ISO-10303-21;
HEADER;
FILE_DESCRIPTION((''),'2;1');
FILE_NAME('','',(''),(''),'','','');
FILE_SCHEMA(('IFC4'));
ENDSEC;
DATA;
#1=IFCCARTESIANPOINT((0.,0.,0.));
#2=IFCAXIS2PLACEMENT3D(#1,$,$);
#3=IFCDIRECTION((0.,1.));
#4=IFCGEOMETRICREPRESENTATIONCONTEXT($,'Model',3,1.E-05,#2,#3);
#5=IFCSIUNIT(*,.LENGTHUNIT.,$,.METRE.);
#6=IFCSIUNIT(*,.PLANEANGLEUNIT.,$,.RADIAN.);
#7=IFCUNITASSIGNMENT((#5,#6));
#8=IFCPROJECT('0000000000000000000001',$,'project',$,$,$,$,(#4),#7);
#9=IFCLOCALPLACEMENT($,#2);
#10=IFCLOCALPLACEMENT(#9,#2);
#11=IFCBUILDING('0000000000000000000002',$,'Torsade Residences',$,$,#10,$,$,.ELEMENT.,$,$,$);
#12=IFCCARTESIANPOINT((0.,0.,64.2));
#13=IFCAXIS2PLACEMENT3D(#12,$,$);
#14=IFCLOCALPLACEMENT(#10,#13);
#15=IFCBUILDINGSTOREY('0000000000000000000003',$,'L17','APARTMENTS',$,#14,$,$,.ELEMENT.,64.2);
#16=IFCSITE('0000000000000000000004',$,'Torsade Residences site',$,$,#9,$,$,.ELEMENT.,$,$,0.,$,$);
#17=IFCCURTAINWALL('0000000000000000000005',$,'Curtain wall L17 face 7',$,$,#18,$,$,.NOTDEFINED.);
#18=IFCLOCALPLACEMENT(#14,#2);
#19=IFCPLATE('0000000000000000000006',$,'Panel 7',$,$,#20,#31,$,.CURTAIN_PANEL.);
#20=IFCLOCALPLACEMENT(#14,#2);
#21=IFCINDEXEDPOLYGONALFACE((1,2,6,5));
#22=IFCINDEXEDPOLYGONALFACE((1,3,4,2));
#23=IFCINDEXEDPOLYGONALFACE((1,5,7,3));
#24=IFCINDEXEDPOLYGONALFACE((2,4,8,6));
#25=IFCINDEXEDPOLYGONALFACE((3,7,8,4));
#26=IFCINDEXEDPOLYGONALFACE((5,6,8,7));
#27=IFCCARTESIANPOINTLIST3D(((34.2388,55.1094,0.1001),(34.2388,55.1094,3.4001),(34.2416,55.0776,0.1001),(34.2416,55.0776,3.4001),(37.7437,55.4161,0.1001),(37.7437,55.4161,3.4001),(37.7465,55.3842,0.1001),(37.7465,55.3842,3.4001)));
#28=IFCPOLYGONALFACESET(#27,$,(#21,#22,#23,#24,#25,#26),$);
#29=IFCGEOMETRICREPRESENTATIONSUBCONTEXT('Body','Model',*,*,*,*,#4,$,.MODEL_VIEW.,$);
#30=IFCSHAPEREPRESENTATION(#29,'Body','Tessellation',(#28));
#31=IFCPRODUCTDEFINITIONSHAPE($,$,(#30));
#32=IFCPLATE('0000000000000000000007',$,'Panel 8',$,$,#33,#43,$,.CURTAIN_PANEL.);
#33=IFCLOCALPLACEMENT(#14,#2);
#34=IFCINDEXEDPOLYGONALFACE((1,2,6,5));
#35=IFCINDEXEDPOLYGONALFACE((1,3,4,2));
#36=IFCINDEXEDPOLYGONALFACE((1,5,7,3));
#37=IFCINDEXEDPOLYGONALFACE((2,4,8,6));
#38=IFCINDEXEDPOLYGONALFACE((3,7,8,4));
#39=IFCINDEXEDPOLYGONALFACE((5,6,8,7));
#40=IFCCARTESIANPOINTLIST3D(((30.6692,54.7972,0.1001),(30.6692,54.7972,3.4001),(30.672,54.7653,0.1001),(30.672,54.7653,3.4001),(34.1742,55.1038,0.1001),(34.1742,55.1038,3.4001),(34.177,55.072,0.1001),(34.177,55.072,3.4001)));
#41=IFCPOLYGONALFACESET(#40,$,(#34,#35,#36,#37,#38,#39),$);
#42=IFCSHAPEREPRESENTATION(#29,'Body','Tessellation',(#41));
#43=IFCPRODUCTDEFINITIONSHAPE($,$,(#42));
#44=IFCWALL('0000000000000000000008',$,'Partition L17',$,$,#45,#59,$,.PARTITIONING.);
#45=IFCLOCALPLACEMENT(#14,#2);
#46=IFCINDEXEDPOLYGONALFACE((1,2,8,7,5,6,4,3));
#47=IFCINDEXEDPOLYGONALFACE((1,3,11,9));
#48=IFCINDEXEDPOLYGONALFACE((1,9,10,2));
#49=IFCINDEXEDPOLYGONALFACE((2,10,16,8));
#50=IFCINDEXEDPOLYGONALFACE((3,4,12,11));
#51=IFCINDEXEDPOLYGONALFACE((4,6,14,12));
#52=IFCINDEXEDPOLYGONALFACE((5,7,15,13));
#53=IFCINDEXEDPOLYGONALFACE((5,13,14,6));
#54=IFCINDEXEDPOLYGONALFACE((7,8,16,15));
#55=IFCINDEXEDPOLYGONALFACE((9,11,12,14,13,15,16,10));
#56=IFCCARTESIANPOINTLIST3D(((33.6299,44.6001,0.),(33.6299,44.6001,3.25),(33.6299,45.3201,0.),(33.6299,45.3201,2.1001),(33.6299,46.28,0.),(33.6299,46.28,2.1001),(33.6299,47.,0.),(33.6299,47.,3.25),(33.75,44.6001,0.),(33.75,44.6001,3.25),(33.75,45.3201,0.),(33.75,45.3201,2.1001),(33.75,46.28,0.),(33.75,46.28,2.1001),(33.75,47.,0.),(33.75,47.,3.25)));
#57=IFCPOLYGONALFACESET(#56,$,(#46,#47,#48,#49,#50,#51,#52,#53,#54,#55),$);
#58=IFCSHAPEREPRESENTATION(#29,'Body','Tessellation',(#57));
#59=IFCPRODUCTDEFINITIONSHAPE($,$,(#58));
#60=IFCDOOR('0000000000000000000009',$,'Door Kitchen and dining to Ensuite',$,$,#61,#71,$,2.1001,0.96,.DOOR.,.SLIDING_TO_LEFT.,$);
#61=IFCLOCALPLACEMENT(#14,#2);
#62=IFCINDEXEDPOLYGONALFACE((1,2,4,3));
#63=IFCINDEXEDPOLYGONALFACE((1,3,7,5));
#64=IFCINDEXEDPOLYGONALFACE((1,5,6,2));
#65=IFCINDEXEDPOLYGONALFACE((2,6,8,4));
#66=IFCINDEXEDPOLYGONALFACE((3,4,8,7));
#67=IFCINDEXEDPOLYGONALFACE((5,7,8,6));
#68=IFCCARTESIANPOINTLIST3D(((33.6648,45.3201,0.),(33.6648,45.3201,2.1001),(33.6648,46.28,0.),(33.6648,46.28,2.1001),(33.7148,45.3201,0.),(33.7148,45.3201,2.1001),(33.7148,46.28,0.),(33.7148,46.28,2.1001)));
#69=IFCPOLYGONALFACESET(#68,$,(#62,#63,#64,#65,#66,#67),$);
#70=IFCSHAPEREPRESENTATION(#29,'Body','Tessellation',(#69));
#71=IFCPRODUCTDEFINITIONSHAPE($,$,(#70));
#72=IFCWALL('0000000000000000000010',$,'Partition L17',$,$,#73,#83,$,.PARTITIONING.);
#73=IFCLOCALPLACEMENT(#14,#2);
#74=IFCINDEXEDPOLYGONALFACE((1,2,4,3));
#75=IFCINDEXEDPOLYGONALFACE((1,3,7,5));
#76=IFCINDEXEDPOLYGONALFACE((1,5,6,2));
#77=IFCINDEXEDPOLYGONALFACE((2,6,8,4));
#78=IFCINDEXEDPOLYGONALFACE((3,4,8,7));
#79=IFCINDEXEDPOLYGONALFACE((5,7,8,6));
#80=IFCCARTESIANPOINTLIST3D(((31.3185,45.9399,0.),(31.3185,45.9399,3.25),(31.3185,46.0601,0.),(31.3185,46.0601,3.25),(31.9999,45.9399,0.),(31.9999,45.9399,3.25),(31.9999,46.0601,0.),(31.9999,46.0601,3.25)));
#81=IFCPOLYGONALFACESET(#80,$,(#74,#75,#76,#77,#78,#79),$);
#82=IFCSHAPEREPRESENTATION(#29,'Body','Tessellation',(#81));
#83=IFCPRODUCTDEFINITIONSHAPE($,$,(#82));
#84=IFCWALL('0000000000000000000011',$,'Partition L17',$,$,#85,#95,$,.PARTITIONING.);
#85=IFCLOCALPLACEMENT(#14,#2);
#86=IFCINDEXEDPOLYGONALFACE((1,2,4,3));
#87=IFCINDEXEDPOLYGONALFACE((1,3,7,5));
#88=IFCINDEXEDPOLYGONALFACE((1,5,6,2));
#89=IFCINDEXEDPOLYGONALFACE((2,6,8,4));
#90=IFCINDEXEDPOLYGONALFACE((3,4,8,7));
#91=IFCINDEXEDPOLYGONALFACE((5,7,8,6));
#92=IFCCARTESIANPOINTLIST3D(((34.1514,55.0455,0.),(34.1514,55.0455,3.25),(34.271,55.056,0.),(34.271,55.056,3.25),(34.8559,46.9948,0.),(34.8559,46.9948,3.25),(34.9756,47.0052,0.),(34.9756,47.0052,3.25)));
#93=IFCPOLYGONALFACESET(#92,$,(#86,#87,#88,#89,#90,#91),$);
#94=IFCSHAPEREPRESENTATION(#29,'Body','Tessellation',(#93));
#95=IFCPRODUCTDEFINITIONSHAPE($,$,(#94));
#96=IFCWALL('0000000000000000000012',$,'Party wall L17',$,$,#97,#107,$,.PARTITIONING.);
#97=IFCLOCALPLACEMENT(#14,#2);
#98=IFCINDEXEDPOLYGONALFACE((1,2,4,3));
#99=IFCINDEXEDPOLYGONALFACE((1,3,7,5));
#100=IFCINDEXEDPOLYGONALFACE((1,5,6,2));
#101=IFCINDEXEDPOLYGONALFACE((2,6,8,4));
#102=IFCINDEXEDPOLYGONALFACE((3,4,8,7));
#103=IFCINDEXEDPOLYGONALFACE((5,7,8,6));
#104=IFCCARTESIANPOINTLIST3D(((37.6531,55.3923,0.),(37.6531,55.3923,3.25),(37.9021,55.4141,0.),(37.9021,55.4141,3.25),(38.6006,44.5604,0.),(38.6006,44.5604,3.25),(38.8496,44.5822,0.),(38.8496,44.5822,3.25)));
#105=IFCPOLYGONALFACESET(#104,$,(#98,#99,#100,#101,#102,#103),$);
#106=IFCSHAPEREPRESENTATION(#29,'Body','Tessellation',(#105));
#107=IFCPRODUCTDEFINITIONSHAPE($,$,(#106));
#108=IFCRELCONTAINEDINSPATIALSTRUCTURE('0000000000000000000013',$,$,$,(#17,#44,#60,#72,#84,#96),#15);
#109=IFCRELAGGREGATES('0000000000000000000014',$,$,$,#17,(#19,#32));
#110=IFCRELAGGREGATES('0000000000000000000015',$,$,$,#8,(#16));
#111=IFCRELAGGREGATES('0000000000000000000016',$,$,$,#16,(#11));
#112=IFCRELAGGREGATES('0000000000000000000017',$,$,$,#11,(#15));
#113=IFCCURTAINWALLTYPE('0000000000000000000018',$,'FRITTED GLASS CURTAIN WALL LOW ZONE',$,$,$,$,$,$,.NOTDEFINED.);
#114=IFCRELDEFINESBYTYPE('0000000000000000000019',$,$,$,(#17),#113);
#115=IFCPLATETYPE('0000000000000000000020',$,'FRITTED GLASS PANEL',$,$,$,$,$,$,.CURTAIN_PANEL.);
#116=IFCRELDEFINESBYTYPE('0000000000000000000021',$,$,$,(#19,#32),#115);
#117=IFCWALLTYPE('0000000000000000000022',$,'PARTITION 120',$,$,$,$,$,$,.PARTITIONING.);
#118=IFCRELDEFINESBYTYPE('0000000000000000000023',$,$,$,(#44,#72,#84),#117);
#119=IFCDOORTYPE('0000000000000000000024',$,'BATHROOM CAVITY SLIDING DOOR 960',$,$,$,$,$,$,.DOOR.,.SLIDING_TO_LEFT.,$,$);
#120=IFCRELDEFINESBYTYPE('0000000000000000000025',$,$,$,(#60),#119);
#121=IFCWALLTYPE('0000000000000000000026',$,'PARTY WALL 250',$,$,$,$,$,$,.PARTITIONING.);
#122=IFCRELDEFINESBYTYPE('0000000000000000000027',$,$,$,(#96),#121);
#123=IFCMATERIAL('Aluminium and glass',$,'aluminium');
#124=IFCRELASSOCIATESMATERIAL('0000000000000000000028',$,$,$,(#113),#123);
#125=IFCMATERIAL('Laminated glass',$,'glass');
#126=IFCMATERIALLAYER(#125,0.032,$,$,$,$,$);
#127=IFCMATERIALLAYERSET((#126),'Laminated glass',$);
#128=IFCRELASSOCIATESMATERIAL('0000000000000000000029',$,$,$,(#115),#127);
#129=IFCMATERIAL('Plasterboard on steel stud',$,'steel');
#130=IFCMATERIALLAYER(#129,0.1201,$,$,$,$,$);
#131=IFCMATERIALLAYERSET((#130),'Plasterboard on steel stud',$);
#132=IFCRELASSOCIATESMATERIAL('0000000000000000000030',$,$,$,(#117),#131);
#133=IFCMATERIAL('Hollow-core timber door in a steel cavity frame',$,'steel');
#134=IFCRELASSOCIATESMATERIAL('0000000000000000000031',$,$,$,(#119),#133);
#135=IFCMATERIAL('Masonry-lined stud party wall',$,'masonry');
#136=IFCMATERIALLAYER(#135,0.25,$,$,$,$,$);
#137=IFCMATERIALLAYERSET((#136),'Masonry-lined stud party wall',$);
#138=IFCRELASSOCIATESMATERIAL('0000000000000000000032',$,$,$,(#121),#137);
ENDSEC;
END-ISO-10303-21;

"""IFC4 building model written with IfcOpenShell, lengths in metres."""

from ifc_helpers import new_model, si_unit, direction, frame, frame_2d, origin, origin_2d, place, context, subcontext, project, spatial, rectangle, extrude, material, layer, layer_set, type_object, element, fill, aggregate, save


model = new_model("IFC4")

# Units and contexts
model_context = context("Model", 3, precision=1e-05, world=origin(), true_north=direction((0.0, 1.0)))
body_context = subcontext(model_context, "Body", "Model", "MODEL_VIEW")
ifc_project = project(units=[si_unit("LENGTHUNIT", "METRE"), si_unit("PLANEANGLEUNIT", "RADIAN")], contexts=[model_context])

# Site, building, storey
site_placement = place(None, origin())
site = spatial("IfcSite", under=ifc_project, at=site_placement, Name="Torsade Residences site", CompositionType="ELEMENT", RefElevation=0.0)
building_placement = place(site_placement, origin())
building = spatial("IfcBuilding", under=site, at=building_placement, Name="Torsade Residences", CompositionType="ELEMENT")
storey_placement = place(building_placement, frame((0.0, 0.0, 64.2)))
storey = spatial("IfcBuildingStorey", under=building, at=storey_placement, Name="L17", Description="APARTMENTS", CompositionType="ELEMENT", Elevation=64.2)

# Curtain wall
ifc_material_1 = material(Name="Aluminium and glass", Category="aluminium")
curtain_wall_type = type_object("IfcCurtainWallType", Name="FRITTED GLASS CURTAIN WALL LOW ZONE", PredefinedType="NOTDEFINED", material=ifc_material_1)
curtain_wall_placement = place(storey_placement, origin())
curtain_wall = element("IfcCurtainWall", 1, at=curtain_wall_placement, inside=storey, type_object=curtain_wall_type, Name="Curtain wall L17 face 7", PredefinedType="NOTDEFINED")

# Plates
ifc_material_2 = material(Name="Laminated glass", Category="glass")
ifc_layer_1 = layer(ifc_material_2, 0.032)
ifc_layer_set_1 = layer_set([ifc_layer_1], Name="Laminated glass")
plate_type = type_object("IfcPlateType", Name="FRITTED GLASS PANEL", PredefinedType="CURTAIN_PANEL", material=ifc_layer_set_1)
plate_1_placement = place(storey_placement, frame((35.9927, 55.2468, 0.1001), z_axis=(0.0, 0.0, 1.0), x_axis=(-0.996195, -0.087156, 0.0)))
plate_1 = element("IfcPlate", 2, at=plate_1_placement, type_object=plate_type, Name="Panel 7", PredefinedType="CURTAIN_PANEL", context=body_context, shape_type="SweptSolid", body=[
    extrude(rectangle(XDim=3.5183, YDim=0.032, at=origin_2d()), origin(), (0.0, 0.0, 1.0), 3.3),
])
plate_2_placement = place(storey_placement, frame((32.4231, 54.9346, 0.1001), z_axis=(0.0, 0.0, 1.0), x_axis=(-0.996195, -0.087156, 0.0)))
plate_2 = element("IfcPlate", 3, at=plate_2_placement, type_object=plate_type, Name="Panel 8", PredefinedType="CURTAIN_PANEL", context=body_context, shape_type="SweptSolid", body=[
    extrude(rectangle(XDim=3.5183, YDim=0.032, at=origin_2d()), origin(), (0.0, 0.0, 1.0), 3.3),
])
aggregate(curtain_wall, [plate_1, plate_2])

# Wall, opening, door
ifc_material_3 = material(Name="Plasterboard on steel stud", Category="steel")
ifc_layer_2 = layer(ifc_material_3, 0.1201)
ifc_layer_set_2 = layer_set([ifc_layer_2], Name="Plasterboard on steel stud")
wall_type_1 = type_object("IfcWallType", Name="PARTITION 120", PredefinedType="PARTITIONING", material=ifc_layer_set_2)
wall_1_placement = place(storey_placement, frame((33.6899, 47.0, 0.0), z_axis=(0.0, 0.0, 1.0), x_axis=(0.0, -1.0, 0.0)))
wall_1 = element("IfcWall", 4, at=wall_1_placement, inside=storey, type_object=wall_type_1, Name="Partition L17", PredefinedType="PARTITIONING", context=body_context, shape_type="SweptSolid", body=[
    extrude(rectangle(XDim=2.3999, YDim=0.1201, at=frame_2d((1.2, 0.0))), origin(), (0.0, 0.0, 1.0), 3.25),
])
opening_placement = place(wall_1_placement, frame((0.72, 0.0, 0.0)))
opening = element("IfcOpeningElement", 5, at=opening_placement, cuts=wall_1, PredefinedType="OPENING", context=body_context, shape_type="SweptSolid", body=[
    extrude(rectangle(XDim=0.96, YDim=2.1001, at=frame_2d((0.48, 1.05))), frame((0.0, 0.0701, 0.0), z_axis=(0.0, -1.0, 0.0), x_axis=(1.0, 0.0, 0.0)), (0.0, 0.0, 1.0), 0.1401),
])
ifc_material_4 = material(Name="Hollow-core timber door in a steel cavity frame", Category="steel")
door_type = type_object("IfcDoorType", Name="BATHROOM CAVITY SLIDING DOOR 960", OperationType="SLIDING_TO_LEFT", PredefinedType="DOOR", material=ifc_material_4)
door_placement = place(opening_placement, origin())
door = element("IfcDoor", 6, at=door_placement, inside=storey, type_object=door_type, Name="Door Kitchen and dining to Ensuite", OperationType="SLIDING_TO_LEFT", OverallHeight=2.1001, OverallWidth=0.96, PredefinedType="DOOR", context=body_context, shape_type="SweptSolid", body=[
    extrude(rectangle(XDim=0.96, YDim=2.1001, at=frame_2d((0.48, 1.05))), frame((0.0, 0.0249, 0.0), z_axis=(0.0, -1.0, 0.0), x_axis=(1.0, 0.0, 0.0)), (0.0, 0.0, 1.0), 0.05),
])
fill(opening, door)

# Walls
wall_2_placement = place(storey_placement, frame((32.0, 46.0, 0.0), z_axis=(0.0, 0.0, 1.0), x_axis=(-1.0, 0.0, 0.0)))
element("IfcWall", 7, at=wall_2_placement, inside=storey, type_object=wall_type_1, Name="Partition L17", PredefinedType="PARTITIONING", context=body_context, shape_type="SweptSolid", body=[
    extrude(rectangle(XDim=0.6814, YDim=0.1201, at=frame_2d((0.3408, 0.0))), origin(), (0.0, 0.0, 1.0), 3.25),
])
wall_3_placement = place(storey_placement, frame((34.9158, 47.0, 0.0), z_axis=(0.0, 0.0, 1.0), x_axis=(-0.087185, 0.996192, 0.0)))
element("IfcWall", 8, at=wall_3_placement, inside=storey, type_object=wall_type_1, Name="Partition L17", PredefinedType="PARTITIONING", context=body_context, shape_type="SweptSolid", body=[
    extrude(rectangle(XDim=8.0815, YDim=0.1201, at=frame_2d((4.0408, 0.0))), origin(), (0.0, 0.0, 1.0), 3.25),
])
ifc_material_5 = material(Name="Masonry-lined stud party wall", Category="masonry")
ifc_layer_3 = layer(ifc_material_5, 0.25)
ifc_layer_set_3 = layer_set([ifc_layer_3], Name="Masonry-lined stud party wall")
wall_type_2 = type_object("IfcWallType", Name="PARTY WALL 250", PredefinedType="PARTITIONING", material=ifc_layer_set_3)
wall_4_placement = place(storey_placement, frame((37.7776, 55.4031, 0.0), z_axis=(0.0, 0.0, 1.0), x_axis=(0.08714, -0.996196, 0.0)))
element("IfcWall", 9, at=wall_4_placement, inside=storey, type_object=wall_type_2, Name="Party wall L17", PredefinedType="PARTITIONING", context=body_context, shape_type="SweptSolid", body=[
    extrude(rectangle(XDim=10.8733, YDim=0.25, at=frame_2d((5.4365, 0.0))), origin(), (0.0, 0.0, 1.0), 3.25),
])

save(model, "model.ifc")
